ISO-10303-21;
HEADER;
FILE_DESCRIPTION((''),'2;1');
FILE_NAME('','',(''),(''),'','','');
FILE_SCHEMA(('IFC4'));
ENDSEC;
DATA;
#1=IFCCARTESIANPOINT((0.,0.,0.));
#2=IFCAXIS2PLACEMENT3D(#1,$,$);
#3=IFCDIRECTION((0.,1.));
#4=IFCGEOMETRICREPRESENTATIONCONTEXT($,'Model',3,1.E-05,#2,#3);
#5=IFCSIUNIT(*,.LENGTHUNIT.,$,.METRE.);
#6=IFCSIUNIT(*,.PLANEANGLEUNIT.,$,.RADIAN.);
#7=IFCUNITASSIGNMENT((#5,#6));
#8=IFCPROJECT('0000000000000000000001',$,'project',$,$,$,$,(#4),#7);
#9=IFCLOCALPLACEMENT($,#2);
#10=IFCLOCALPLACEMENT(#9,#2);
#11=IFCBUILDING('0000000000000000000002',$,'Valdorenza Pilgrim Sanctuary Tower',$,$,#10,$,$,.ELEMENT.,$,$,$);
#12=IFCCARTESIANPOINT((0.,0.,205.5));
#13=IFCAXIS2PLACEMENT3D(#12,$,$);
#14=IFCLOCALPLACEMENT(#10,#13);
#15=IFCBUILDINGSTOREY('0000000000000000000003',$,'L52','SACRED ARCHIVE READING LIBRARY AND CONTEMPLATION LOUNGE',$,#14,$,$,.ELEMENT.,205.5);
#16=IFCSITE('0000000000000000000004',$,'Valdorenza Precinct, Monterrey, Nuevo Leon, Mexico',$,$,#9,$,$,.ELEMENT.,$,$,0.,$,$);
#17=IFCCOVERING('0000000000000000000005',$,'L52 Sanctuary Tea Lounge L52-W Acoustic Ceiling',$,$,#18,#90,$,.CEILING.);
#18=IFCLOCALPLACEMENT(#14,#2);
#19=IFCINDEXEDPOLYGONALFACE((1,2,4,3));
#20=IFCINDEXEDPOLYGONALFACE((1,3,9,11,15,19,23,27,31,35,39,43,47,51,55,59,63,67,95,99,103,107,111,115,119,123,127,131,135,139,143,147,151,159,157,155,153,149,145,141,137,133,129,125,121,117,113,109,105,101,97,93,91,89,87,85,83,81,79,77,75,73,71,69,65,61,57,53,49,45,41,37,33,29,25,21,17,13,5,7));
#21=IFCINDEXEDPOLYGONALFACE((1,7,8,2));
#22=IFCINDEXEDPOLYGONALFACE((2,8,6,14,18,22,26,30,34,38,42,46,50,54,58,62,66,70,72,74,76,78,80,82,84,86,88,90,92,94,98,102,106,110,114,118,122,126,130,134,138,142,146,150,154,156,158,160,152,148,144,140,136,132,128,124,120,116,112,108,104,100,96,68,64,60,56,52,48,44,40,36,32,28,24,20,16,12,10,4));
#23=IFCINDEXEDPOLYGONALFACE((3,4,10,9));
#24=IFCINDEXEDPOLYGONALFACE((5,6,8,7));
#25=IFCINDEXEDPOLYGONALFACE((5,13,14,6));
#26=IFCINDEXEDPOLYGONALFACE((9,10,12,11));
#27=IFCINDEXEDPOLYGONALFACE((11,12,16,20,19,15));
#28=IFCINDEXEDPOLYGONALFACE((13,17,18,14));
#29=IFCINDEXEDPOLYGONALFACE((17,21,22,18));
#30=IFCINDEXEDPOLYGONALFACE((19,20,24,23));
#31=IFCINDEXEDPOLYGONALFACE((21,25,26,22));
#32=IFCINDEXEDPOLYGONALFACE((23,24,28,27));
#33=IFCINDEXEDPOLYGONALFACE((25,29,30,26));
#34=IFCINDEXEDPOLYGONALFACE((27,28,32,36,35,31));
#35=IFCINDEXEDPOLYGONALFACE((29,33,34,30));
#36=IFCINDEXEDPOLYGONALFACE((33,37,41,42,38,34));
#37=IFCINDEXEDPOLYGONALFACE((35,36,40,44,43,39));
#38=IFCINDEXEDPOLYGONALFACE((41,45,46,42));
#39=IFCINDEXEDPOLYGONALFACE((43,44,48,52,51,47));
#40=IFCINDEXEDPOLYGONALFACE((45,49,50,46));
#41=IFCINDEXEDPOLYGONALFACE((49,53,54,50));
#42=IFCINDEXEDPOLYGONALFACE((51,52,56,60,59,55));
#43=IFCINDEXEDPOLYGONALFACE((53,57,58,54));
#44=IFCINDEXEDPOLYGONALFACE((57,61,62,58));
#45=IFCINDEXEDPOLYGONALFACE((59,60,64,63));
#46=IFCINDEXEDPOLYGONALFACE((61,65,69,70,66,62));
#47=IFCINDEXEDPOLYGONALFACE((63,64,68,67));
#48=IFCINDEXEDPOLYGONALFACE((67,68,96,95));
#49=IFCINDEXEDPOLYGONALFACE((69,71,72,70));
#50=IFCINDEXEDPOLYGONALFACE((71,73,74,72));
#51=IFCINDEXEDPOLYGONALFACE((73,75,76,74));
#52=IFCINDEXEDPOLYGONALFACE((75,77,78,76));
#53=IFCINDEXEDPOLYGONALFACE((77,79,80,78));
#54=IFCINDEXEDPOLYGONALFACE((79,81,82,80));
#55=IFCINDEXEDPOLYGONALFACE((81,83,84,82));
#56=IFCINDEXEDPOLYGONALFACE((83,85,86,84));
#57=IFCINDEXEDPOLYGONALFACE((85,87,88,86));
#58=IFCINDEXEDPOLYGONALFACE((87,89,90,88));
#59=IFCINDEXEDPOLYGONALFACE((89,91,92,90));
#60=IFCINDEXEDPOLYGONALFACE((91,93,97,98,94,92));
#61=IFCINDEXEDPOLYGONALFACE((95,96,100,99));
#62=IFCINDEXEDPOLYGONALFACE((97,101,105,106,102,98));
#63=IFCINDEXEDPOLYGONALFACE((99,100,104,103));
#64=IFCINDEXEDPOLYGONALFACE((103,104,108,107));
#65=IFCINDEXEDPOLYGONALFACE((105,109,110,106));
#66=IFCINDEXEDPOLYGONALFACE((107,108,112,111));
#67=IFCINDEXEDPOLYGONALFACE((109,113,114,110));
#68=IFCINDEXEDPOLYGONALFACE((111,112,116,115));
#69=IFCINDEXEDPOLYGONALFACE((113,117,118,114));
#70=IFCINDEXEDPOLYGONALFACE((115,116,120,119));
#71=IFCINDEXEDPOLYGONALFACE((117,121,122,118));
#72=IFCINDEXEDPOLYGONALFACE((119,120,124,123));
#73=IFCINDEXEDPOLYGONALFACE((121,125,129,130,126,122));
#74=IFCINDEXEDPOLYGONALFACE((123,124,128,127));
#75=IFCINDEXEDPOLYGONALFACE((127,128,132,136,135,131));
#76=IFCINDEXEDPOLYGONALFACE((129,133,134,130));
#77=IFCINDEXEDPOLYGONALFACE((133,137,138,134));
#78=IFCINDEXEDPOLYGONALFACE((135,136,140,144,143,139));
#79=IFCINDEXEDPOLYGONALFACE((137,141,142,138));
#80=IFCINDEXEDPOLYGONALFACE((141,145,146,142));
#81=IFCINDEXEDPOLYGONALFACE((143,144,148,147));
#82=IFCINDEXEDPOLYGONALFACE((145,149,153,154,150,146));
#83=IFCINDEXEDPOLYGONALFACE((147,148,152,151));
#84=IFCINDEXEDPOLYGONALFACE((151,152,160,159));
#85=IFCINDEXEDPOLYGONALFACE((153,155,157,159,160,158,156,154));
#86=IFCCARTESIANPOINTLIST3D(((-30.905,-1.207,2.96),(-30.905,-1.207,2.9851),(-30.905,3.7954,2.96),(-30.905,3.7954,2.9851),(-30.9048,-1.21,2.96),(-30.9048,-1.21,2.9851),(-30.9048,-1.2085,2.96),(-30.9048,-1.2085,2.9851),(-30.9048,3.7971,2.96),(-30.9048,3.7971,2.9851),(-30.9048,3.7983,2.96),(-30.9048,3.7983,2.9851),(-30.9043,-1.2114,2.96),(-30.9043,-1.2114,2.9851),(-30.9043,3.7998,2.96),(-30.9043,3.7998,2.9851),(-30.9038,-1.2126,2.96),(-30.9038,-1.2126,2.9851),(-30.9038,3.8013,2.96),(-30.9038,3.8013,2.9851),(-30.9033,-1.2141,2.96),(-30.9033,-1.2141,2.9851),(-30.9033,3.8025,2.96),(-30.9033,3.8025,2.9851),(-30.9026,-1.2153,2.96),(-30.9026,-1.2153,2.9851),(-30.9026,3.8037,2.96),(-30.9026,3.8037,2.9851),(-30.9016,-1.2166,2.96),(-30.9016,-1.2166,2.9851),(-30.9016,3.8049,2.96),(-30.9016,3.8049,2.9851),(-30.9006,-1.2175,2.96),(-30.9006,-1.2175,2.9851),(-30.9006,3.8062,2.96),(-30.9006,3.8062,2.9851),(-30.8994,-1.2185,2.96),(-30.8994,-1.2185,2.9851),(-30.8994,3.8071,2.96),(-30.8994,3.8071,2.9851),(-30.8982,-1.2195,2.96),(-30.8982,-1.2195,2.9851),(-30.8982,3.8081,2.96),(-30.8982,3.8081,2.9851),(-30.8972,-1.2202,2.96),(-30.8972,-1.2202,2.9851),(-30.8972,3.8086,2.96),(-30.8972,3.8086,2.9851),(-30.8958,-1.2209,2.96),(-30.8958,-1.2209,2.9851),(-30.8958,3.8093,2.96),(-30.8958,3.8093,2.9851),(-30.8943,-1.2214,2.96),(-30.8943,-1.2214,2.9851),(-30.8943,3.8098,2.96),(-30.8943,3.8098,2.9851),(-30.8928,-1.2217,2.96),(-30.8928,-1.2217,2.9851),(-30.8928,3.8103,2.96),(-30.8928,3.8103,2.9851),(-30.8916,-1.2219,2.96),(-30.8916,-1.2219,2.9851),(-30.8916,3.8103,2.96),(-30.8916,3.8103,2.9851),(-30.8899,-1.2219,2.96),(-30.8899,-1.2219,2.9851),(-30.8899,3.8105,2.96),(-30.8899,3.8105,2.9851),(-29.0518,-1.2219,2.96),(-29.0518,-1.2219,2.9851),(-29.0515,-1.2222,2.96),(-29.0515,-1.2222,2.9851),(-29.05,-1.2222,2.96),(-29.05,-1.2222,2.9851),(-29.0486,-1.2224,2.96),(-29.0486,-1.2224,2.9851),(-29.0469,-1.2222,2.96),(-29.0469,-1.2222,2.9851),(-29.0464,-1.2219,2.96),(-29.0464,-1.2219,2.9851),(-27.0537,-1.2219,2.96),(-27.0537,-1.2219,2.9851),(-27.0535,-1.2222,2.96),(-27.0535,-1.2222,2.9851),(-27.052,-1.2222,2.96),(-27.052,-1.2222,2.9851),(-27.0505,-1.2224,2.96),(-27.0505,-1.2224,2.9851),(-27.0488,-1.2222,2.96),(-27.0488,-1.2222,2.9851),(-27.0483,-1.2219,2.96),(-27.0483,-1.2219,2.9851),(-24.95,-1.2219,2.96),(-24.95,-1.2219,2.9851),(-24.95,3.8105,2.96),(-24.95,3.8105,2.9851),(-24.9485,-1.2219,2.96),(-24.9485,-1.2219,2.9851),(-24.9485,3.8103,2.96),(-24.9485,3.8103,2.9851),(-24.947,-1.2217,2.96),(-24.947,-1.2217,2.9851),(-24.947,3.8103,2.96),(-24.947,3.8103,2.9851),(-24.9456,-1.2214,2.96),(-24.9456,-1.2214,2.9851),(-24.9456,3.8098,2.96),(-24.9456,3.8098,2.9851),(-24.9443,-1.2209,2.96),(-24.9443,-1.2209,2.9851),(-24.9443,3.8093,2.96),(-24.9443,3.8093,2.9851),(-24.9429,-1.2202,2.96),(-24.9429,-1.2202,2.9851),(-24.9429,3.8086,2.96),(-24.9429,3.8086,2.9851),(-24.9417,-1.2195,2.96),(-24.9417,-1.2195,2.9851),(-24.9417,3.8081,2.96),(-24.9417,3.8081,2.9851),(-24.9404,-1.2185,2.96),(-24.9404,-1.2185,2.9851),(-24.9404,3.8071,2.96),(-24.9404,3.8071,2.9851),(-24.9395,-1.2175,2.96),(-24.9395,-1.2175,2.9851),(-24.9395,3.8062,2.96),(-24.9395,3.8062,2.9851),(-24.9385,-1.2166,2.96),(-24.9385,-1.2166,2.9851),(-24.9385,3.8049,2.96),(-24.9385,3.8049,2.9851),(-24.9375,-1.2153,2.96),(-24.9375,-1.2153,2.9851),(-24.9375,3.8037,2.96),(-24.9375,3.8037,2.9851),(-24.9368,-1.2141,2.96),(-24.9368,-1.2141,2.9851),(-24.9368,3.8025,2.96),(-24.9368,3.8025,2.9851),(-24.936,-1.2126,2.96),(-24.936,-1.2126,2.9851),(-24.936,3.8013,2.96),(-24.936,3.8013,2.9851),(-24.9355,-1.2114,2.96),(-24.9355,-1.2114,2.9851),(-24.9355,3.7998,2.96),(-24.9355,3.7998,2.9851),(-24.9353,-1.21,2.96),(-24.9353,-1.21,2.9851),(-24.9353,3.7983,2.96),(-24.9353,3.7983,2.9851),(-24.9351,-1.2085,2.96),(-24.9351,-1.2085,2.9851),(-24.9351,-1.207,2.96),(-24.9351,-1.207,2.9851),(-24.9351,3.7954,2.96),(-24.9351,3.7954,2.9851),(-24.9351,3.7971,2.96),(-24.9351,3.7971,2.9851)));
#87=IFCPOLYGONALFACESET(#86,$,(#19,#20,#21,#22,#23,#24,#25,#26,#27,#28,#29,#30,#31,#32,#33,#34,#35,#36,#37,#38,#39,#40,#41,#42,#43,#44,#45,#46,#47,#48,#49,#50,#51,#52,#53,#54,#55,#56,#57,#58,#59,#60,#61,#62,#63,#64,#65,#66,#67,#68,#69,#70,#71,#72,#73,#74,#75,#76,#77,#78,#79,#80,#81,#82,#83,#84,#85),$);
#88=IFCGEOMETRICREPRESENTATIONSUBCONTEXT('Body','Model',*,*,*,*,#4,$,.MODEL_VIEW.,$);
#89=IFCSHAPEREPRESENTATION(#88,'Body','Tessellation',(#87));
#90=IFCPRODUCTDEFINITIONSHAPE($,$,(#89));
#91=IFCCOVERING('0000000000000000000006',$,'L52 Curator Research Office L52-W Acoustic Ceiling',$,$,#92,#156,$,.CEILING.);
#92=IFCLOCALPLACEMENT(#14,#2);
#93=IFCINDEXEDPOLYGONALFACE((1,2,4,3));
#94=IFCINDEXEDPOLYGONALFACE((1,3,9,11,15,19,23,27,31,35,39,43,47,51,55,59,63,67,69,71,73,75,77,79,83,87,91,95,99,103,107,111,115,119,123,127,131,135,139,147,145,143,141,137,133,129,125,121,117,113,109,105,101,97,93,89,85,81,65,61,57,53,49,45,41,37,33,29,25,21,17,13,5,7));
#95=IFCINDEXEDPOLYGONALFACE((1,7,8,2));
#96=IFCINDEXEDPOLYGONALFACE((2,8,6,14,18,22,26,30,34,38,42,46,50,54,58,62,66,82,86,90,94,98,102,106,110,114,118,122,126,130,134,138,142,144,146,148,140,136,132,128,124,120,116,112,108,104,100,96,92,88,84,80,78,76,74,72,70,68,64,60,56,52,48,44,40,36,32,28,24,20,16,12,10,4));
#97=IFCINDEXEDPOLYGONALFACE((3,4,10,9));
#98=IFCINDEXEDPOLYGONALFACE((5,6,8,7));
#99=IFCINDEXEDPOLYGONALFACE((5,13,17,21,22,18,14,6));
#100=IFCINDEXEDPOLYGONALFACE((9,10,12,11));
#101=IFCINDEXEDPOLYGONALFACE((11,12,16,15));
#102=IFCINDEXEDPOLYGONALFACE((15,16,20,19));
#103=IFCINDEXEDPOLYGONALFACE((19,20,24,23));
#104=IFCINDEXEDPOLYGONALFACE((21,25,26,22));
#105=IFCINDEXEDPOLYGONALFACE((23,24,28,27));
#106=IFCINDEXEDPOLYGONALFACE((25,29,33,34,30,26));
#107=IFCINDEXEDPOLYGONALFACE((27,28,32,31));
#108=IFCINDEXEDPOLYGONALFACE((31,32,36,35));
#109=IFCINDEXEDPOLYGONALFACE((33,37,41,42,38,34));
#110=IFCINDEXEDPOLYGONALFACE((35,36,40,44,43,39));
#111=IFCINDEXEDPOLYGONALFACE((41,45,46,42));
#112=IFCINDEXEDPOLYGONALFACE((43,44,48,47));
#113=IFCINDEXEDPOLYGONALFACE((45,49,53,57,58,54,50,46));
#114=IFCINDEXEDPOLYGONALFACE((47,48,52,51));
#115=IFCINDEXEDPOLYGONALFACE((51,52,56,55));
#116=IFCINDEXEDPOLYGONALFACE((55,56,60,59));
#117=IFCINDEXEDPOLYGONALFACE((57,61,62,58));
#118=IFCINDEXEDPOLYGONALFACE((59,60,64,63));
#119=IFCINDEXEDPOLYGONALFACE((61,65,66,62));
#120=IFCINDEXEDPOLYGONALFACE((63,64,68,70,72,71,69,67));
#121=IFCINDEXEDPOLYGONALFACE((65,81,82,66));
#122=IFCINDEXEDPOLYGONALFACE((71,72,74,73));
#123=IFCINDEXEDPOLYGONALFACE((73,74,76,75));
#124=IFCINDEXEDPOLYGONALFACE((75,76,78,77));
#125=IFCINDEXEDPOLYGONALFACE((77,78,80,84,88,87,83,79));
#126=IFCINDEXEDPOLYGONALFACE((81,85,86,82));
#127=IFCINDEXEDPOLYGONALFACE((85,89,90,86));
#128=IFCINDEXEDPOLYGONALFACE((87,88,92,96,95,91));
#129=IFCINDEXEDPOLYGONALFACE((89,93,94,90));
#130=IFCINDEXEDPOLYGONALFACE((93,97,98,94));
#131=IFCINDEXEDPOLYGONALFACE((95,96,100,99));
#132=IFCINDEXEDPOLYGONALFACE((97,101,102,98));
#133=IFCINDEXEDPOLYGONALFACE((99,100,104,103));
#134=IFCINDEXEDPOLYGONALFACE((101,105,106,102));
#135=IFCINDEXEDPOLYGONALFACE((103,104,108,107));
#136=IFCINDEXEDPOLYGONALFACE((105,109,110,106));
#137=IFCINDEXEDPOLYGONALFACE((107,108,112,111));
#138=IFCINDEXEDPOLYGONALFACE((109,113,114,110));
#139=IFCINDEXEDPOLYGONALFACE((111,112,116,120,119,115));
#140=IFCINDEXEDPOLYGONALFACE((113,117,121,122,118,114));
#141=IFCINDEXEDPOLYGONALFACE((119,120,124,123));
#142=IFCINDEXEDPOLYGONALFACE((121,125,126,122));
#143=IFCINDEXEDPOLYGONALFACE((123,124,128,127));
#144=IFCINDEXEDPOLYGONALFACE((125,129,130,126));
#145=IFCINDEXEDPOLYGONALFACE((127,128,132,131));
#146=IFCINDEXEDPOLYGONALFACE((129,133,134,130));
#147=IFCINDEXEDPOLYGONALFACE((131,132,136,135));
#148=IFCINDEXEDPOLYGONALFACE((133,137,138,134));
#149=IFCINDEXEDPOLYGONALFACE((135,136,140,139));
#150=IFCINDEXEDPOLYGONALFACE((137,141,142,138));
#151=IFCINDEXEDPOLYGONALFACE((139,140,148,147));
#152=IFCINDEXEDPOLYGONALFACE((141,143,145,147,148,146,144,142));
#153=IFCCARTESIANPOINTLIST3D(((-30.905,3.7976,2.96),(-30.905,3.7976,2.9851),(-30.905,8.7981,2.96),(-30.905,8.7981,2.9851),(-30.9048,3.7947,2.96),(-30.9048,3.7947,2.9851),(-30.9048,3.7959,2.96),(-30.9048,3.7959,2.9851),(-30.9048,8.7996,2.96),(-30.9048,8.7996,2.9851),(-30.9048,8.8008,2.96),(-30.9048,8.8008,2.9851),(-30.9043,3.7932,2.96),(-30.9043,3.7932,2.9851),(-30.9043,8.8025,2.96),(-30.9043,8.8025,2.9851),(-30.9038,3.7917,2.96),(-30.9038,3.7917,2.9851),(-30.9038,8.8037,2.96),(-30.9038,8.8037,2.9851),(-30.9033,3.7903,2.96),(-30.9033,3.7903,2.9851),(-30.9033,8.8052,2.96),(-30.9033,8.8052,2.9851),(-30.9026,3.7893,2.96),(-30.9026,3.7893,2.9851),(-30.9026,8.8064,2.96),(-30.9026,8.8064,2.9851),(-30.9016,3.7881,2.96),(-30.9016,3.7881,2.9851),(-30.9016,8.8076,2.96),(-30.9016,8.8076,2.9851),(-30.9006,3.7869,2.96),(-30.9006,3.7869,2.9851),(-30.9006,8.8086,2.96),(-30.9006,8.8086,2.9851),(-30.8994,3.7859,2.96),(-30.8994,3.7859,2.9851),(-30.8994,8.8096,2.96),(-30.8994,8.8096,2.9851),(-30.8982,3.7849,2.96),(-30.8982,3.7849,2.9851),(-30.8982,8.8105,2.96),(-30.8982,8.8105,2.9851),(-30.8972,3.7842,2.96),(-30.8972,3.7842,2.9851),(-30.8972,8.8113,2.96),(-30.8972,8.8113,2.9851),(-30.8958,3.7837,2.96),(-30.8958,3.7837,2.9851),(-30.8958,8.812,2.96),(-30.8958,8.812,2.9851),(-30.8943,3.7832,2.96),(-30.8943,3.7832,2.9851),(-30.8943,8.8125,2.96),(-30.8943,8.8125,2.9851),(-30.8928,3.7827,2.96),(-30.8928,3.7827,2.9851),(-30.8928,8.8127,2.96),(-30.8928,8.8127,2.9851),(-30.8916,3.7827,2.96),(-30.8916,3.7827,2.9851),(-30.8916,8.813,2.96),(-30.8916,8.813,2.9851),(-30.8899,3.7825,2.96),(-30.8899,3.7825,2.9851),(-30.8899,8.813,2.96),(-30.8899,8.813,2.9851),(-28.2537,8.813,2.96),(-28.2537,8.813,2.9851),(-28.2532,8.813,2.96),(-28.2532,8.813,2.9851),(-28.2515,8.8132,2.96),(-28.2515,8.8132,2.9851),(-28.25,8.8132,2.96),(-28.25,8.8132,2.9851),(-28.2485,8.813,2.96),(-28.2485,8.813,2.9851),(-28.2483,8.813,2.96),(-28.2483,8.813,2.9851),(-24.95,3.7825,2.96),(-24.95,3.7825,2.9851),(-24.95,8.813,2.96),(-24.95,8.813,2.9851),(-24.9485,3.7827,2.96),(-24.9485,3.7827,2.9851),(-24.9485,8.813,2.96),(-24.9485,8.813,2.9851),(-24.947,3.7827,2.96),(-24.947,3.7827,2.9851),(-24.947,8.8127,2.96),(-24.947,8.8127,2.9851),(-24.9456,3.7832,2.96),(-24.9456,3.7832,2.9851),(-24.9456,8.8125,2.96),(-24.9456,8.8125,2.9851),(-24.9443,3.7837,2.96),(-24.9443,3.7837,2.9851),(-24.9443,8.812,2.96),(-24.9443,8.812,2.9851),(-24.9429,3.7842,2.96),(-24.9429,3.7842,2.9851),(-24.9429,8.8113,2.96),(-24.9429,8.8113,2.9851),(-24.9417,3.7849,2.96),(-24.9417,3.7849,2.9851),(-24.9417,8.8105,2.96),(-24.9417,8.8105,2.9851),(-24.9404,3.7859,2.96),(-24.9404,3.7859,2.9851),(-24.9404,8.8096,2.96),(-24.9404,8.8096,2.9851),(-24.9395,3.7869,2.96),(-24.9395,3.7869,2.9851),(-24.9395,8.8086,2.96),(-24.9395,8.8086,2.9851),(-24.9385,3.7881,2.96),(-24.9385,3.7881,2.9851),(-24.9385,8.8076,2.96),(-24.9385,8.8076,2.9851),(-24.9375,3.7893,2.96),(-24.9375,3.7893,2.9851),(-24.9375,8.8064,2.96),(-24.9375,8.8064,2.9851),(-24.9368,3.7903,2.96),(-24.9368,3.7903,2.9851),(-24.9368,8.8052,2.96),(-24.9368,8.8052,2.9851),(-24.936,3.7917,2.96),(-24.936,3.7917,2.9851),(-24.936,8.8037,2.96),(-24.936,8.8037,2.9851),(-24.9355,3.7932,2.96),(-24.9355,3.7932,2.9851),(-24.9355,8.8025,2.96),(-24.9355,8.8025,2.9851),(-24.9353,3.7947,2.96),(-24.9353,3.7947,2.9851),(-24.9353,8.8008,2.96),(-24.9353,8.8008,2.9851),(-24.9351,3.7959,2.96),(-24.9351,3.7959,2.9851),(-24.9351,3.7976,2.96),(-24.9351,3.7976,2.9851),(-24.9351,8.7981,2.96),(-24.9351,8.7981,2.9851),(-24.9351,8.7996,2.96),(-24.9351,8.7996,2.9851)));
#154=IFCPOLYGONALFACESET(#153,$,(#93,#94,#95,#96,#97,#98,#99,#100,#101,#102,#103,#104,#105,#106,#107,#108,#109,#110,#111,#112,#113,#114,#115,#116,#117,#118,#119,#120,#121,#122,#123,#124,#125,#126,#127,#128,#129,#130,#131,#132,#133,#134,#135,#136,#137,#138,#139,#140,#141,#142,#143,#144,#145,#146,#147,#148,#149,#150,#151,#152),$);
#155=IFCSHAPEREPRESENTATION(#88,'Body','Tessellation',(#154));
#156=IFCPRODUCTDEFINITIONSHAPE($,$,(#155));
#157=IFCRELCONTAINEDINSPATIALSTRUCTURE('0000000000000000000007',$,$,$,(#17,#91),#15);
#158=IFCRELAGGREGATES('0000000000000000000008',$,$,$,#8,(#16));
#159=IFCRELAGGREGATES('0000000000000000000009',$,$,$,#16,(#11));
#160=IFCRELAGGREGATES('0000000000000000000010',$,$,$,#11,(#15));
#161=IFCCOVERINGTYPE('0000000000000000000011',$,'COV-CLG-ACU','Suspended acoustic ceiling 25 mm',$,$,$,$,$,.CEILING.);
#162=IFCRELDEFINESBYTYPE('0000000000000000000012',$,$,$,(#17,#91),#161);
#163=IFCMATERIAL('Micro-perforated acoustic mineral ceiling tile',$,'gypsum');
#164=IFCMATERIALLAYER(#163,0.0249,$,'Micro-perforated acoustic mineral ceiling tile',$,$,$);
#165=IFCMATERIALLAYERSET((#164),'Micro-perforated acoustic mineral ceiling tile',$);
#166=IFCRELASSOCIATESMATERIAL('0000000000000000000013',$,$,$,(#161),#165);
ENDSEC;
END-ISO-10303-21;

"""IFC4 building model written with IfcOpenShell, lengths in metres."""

from ifc_helpers import new_model, si_unit, direction, frame, origin, place, context, subcontext, project, spatial, polyline, outline, extrude, material, layer, layer_set, type_object, element, save


model = new_model("IFC4")

# Units and contexts
model_context = context("Model", 3, precision=1e-05, world=origin(), true_north=direction((0.0, 1.0)))
body_context = subcontext(model_context, "Body", "Model", "MODEL_VIEW")
ifc_project = project(units=[si_unit("LENGTHUNIT", "METRE"), si_unit("PLANEANGLEUNIT", "RADIAN")], contexts=[model_context])

# Site, building, storey
site_placement = place(None, origin())
site = spatial("IfcSite", under=ifc_project, at=site_placement, Name="Valdorenza Precinct, Monterrey, Nuevo Leon, Mexico", CompositionType="ELEMENT", RefElevation=0.0)
building_placement = place(site_placement, origin())
building = spatial("IfcBuilding", under=site, at=building_placement, Name="Valdorenza Pilgrim Sanctuary Tower", CompositionType="ELEMENT")
storey_placement = place(building_placement, frame((0.0, 0.0, 205.5)))
storey = spatial("IfcBuildingStorey", under=building, at=storey_placement, Name="L52", Description="SACRED ARCHIVE READING LIBRARY AND CONTEMPLATION LOUNGE", CompositionType="ELEMENT", Elevation=205.5)

# Coverings
ifc_material_1 = material(Name="Micro-perforated acoustic mineral ceiling tile", Category="gypsum")
ifc_layer_1 = layer(ifc_material_1, 0.0249, Name="Micro-perforated acoustic mineral ceiling tile")
ifc_layer_set_1 = layer_set([ifc_layer_1], Name="Micro-perforated acoustic mineral ceiling tile")
covering_type_1 = type_object("IfcCoveringType", Name="COV-CLG-ACU", Description="Suspended acoustic ceiling 25 mm", PredefinedType="CEILING", material=ifc_layer_set_1)
covering_1_placement = place(storey_placement, frame((0.0, 0.0, 2.96)))
element("IfcCovering", 1, at=covering_1_placement, inside=storey, type_object=covering_type_1, Name="L52 Sanctuary Tea Lounge L52-W Acoustic Ceiling", PredefinedType="CEILING", context=body_context, shape_type="SweptSolid", body=[
    extrude(outline(polyline([(-29.0518, -1.2219), (-30.8899, -1.2219), (-30.8916, -1.2219), (-30.8928, -1.2217), (-30.8943, -1.2214), (-30.8958, -1.2209), (-30.8972, -1.2202), (-30.8982, -1.2195), (-30.8994, -1.2185), (-30.9006, -1.2175), (-30.9016, -1.2166), (-30.9026, -1.2153), (-30.9033, -1.2141), (-30.9038, -1.2126), (-30.9043, -1.2114), (-30.9048, -1.21), (-30.9048, -1.2085), (-30.905, -1.207), (-30.905, 3.7954), (-30.9048, 3.7971), (-30.9048, 3.7983), (-30.9043, 3.7998), (-30.9038, 3.8013), (-30.9033, 3.8025), (-30.9026, 3.8037), (-30.9016, 3.8049), (-30.9006, 3.8062), (-30.8994, 3.8071), (-30.8982, 3.8081), (-30.8972, 3.8086), (-30.8958, 3.8093), (-30.8943, 3.8098), (-30.8928, 3.8103), (-30.8916, 3.8103), (-30.8899, 3.8105), (-24.95, 3.8105), (-24.9485, 3.8103), (-24.947, 3.8103), (-24.9456, 3.8098), (-24.9443, 3.8093), (-24.9429, 3.8086), (-24.9417, 3.8081), (-24.9404, 3.8071), (-24.9395, 3.8062), (-24.9385, 3.8049), (-24.9375, 3.8037), (-24.9368, 3.8025), (-24.936, 3.8013), (-24.9355, 3.7998), (-24.9353, 3.7983), (-24.9351, 3.7971), (-24.9351, 3.7954), (-24.9351, -1.207), (-24.9351, -1.2085), (-24.9353, -1.21), (-24.9355, -1.2114), (-24.936, -1.2126), (-24.9368, -1.2141), (-24.9375, -1.2153), (-24.9385, -1.2166), (-24.9395, -1.2175), (-24.9404, -1.2185), (-24.9417, -1.2195), (-24.9429, -1.2202), (-24.9443, -1.2209), (-24.9456, -1.2214), (-24.947, -1.2217), (-24.9485, -1.2219), (-24.95, -1.2219), (-27.0483, -1.2219), (-27.0488, -1.2222), (-27.0505, -1.2224), (-27.052, -1.2222), (-27.0535, -1.2222), (-27.0537, -1.2219), (-29.0464, -1.2219), (-29.0469, -1.2222), (-29.0486, -1.2224), (-29.05, -1.2222), (-29.0515, -1.2222), (-29.0518, -1.2219)])), origin(), (0.0, 0.0, 1.0), 0.0251),
])
covering_2_placement = place(storey_placement, frame((0.0, 0.0, 2.96)))
element("IfcCovering", 2, at=covering_2_placement, inside=storey, type_object=covering_type_1, Name="L52 Curator Research Office L52-W Acoustic Ceiling", PredefinedType="CEILING", context=body_context, shape_type="SweptSolid", body=[
    extrude(outline(polyline([(-28.2537, 8.813), (-28.2532, 8.813), (-28.2515, 8.8132), (-28.25, 8.8132), (-28.2485, 8.813), (-28.2483, 8.813), (-24.95, 8.813), (-24.9485, 8.813), (-24.947, 8.8127), (-24.9456, 8.8125), (-24.9443, 8.812), (-24.9429, 8.8113), (-24.9417, 8.8105), (-24.9404, 8.8096), (-24.9395, 8.8086), (-24.9385, 8.8076), (-24.9375, 8.8064), (-24.9368, 8.8052), (-24.936, 8.8037), (-24.9355, 8.8025), (-24.9353, 8.8008), (-24.9351, 8.7996), (-24.9351, 8.7981), (-24.9351, 3.7976), (-24.9351, 3.7959), (-24.9353, 3.7947), (-24.9355, 3.7932), (-24.936, 3.7917), (-24.9368, 3.7903), (-24.9375, 3.7893), (-24.9385, 3.7881), (-24.9395, 3.7869), (-24.9404, 3.7859), (-24.9417, 3.7849), (-24.9429, 3.7842), (-24.9443, 3.7837), (-24.9456, 3.7832), (-24.947, 3.7827), (-24.9485, 3.7827), (-24.95, 3.7825), (-30.8899, 3.7825), (-30.8916, 3.7827), (-30.8928, 3.7827), (-30.8943, 3.7832), (-30.8958, 3.7837), (-30.8972, 3.7842), (-30.8982, 3.7849), (-30.8994, 3.7859), (-30.9006, 3.7869), (-30.9016, 3.7881), (-30.9026, 3.7893), (-30.9033, 3.7903), (-30.9038, 3.7917), (-30.9043, 3.7932), (-30.9048, 3.7947), (-30.9048, 3.7959), (-30.905, 3.7976), (-30.905, 8.7981), (-30.9048, 8.7996), (-30.9048, 8.8008), (-30.9043, 8.8025), (-30.9038, 8.8037), (-30.9033, 8.8052), (-30.9026, 8.8064), (-30.9016, 8.8076), (-30.9006, 8.8086), (-30.8994, 8.8096), (-30.8982, 8.8105), (-30.8972, 8.8113), (-30.8958, 8.812), (-30.8943, 8.8125), (-30.8928, 8.8127), (-30.8916, 8.813), (-30.8899, 8.813), (-28.2537, 8.813)])), origin(), (0.0, 0.0, 1.0), 0.0251),
])

save(model, "model.ifc")
